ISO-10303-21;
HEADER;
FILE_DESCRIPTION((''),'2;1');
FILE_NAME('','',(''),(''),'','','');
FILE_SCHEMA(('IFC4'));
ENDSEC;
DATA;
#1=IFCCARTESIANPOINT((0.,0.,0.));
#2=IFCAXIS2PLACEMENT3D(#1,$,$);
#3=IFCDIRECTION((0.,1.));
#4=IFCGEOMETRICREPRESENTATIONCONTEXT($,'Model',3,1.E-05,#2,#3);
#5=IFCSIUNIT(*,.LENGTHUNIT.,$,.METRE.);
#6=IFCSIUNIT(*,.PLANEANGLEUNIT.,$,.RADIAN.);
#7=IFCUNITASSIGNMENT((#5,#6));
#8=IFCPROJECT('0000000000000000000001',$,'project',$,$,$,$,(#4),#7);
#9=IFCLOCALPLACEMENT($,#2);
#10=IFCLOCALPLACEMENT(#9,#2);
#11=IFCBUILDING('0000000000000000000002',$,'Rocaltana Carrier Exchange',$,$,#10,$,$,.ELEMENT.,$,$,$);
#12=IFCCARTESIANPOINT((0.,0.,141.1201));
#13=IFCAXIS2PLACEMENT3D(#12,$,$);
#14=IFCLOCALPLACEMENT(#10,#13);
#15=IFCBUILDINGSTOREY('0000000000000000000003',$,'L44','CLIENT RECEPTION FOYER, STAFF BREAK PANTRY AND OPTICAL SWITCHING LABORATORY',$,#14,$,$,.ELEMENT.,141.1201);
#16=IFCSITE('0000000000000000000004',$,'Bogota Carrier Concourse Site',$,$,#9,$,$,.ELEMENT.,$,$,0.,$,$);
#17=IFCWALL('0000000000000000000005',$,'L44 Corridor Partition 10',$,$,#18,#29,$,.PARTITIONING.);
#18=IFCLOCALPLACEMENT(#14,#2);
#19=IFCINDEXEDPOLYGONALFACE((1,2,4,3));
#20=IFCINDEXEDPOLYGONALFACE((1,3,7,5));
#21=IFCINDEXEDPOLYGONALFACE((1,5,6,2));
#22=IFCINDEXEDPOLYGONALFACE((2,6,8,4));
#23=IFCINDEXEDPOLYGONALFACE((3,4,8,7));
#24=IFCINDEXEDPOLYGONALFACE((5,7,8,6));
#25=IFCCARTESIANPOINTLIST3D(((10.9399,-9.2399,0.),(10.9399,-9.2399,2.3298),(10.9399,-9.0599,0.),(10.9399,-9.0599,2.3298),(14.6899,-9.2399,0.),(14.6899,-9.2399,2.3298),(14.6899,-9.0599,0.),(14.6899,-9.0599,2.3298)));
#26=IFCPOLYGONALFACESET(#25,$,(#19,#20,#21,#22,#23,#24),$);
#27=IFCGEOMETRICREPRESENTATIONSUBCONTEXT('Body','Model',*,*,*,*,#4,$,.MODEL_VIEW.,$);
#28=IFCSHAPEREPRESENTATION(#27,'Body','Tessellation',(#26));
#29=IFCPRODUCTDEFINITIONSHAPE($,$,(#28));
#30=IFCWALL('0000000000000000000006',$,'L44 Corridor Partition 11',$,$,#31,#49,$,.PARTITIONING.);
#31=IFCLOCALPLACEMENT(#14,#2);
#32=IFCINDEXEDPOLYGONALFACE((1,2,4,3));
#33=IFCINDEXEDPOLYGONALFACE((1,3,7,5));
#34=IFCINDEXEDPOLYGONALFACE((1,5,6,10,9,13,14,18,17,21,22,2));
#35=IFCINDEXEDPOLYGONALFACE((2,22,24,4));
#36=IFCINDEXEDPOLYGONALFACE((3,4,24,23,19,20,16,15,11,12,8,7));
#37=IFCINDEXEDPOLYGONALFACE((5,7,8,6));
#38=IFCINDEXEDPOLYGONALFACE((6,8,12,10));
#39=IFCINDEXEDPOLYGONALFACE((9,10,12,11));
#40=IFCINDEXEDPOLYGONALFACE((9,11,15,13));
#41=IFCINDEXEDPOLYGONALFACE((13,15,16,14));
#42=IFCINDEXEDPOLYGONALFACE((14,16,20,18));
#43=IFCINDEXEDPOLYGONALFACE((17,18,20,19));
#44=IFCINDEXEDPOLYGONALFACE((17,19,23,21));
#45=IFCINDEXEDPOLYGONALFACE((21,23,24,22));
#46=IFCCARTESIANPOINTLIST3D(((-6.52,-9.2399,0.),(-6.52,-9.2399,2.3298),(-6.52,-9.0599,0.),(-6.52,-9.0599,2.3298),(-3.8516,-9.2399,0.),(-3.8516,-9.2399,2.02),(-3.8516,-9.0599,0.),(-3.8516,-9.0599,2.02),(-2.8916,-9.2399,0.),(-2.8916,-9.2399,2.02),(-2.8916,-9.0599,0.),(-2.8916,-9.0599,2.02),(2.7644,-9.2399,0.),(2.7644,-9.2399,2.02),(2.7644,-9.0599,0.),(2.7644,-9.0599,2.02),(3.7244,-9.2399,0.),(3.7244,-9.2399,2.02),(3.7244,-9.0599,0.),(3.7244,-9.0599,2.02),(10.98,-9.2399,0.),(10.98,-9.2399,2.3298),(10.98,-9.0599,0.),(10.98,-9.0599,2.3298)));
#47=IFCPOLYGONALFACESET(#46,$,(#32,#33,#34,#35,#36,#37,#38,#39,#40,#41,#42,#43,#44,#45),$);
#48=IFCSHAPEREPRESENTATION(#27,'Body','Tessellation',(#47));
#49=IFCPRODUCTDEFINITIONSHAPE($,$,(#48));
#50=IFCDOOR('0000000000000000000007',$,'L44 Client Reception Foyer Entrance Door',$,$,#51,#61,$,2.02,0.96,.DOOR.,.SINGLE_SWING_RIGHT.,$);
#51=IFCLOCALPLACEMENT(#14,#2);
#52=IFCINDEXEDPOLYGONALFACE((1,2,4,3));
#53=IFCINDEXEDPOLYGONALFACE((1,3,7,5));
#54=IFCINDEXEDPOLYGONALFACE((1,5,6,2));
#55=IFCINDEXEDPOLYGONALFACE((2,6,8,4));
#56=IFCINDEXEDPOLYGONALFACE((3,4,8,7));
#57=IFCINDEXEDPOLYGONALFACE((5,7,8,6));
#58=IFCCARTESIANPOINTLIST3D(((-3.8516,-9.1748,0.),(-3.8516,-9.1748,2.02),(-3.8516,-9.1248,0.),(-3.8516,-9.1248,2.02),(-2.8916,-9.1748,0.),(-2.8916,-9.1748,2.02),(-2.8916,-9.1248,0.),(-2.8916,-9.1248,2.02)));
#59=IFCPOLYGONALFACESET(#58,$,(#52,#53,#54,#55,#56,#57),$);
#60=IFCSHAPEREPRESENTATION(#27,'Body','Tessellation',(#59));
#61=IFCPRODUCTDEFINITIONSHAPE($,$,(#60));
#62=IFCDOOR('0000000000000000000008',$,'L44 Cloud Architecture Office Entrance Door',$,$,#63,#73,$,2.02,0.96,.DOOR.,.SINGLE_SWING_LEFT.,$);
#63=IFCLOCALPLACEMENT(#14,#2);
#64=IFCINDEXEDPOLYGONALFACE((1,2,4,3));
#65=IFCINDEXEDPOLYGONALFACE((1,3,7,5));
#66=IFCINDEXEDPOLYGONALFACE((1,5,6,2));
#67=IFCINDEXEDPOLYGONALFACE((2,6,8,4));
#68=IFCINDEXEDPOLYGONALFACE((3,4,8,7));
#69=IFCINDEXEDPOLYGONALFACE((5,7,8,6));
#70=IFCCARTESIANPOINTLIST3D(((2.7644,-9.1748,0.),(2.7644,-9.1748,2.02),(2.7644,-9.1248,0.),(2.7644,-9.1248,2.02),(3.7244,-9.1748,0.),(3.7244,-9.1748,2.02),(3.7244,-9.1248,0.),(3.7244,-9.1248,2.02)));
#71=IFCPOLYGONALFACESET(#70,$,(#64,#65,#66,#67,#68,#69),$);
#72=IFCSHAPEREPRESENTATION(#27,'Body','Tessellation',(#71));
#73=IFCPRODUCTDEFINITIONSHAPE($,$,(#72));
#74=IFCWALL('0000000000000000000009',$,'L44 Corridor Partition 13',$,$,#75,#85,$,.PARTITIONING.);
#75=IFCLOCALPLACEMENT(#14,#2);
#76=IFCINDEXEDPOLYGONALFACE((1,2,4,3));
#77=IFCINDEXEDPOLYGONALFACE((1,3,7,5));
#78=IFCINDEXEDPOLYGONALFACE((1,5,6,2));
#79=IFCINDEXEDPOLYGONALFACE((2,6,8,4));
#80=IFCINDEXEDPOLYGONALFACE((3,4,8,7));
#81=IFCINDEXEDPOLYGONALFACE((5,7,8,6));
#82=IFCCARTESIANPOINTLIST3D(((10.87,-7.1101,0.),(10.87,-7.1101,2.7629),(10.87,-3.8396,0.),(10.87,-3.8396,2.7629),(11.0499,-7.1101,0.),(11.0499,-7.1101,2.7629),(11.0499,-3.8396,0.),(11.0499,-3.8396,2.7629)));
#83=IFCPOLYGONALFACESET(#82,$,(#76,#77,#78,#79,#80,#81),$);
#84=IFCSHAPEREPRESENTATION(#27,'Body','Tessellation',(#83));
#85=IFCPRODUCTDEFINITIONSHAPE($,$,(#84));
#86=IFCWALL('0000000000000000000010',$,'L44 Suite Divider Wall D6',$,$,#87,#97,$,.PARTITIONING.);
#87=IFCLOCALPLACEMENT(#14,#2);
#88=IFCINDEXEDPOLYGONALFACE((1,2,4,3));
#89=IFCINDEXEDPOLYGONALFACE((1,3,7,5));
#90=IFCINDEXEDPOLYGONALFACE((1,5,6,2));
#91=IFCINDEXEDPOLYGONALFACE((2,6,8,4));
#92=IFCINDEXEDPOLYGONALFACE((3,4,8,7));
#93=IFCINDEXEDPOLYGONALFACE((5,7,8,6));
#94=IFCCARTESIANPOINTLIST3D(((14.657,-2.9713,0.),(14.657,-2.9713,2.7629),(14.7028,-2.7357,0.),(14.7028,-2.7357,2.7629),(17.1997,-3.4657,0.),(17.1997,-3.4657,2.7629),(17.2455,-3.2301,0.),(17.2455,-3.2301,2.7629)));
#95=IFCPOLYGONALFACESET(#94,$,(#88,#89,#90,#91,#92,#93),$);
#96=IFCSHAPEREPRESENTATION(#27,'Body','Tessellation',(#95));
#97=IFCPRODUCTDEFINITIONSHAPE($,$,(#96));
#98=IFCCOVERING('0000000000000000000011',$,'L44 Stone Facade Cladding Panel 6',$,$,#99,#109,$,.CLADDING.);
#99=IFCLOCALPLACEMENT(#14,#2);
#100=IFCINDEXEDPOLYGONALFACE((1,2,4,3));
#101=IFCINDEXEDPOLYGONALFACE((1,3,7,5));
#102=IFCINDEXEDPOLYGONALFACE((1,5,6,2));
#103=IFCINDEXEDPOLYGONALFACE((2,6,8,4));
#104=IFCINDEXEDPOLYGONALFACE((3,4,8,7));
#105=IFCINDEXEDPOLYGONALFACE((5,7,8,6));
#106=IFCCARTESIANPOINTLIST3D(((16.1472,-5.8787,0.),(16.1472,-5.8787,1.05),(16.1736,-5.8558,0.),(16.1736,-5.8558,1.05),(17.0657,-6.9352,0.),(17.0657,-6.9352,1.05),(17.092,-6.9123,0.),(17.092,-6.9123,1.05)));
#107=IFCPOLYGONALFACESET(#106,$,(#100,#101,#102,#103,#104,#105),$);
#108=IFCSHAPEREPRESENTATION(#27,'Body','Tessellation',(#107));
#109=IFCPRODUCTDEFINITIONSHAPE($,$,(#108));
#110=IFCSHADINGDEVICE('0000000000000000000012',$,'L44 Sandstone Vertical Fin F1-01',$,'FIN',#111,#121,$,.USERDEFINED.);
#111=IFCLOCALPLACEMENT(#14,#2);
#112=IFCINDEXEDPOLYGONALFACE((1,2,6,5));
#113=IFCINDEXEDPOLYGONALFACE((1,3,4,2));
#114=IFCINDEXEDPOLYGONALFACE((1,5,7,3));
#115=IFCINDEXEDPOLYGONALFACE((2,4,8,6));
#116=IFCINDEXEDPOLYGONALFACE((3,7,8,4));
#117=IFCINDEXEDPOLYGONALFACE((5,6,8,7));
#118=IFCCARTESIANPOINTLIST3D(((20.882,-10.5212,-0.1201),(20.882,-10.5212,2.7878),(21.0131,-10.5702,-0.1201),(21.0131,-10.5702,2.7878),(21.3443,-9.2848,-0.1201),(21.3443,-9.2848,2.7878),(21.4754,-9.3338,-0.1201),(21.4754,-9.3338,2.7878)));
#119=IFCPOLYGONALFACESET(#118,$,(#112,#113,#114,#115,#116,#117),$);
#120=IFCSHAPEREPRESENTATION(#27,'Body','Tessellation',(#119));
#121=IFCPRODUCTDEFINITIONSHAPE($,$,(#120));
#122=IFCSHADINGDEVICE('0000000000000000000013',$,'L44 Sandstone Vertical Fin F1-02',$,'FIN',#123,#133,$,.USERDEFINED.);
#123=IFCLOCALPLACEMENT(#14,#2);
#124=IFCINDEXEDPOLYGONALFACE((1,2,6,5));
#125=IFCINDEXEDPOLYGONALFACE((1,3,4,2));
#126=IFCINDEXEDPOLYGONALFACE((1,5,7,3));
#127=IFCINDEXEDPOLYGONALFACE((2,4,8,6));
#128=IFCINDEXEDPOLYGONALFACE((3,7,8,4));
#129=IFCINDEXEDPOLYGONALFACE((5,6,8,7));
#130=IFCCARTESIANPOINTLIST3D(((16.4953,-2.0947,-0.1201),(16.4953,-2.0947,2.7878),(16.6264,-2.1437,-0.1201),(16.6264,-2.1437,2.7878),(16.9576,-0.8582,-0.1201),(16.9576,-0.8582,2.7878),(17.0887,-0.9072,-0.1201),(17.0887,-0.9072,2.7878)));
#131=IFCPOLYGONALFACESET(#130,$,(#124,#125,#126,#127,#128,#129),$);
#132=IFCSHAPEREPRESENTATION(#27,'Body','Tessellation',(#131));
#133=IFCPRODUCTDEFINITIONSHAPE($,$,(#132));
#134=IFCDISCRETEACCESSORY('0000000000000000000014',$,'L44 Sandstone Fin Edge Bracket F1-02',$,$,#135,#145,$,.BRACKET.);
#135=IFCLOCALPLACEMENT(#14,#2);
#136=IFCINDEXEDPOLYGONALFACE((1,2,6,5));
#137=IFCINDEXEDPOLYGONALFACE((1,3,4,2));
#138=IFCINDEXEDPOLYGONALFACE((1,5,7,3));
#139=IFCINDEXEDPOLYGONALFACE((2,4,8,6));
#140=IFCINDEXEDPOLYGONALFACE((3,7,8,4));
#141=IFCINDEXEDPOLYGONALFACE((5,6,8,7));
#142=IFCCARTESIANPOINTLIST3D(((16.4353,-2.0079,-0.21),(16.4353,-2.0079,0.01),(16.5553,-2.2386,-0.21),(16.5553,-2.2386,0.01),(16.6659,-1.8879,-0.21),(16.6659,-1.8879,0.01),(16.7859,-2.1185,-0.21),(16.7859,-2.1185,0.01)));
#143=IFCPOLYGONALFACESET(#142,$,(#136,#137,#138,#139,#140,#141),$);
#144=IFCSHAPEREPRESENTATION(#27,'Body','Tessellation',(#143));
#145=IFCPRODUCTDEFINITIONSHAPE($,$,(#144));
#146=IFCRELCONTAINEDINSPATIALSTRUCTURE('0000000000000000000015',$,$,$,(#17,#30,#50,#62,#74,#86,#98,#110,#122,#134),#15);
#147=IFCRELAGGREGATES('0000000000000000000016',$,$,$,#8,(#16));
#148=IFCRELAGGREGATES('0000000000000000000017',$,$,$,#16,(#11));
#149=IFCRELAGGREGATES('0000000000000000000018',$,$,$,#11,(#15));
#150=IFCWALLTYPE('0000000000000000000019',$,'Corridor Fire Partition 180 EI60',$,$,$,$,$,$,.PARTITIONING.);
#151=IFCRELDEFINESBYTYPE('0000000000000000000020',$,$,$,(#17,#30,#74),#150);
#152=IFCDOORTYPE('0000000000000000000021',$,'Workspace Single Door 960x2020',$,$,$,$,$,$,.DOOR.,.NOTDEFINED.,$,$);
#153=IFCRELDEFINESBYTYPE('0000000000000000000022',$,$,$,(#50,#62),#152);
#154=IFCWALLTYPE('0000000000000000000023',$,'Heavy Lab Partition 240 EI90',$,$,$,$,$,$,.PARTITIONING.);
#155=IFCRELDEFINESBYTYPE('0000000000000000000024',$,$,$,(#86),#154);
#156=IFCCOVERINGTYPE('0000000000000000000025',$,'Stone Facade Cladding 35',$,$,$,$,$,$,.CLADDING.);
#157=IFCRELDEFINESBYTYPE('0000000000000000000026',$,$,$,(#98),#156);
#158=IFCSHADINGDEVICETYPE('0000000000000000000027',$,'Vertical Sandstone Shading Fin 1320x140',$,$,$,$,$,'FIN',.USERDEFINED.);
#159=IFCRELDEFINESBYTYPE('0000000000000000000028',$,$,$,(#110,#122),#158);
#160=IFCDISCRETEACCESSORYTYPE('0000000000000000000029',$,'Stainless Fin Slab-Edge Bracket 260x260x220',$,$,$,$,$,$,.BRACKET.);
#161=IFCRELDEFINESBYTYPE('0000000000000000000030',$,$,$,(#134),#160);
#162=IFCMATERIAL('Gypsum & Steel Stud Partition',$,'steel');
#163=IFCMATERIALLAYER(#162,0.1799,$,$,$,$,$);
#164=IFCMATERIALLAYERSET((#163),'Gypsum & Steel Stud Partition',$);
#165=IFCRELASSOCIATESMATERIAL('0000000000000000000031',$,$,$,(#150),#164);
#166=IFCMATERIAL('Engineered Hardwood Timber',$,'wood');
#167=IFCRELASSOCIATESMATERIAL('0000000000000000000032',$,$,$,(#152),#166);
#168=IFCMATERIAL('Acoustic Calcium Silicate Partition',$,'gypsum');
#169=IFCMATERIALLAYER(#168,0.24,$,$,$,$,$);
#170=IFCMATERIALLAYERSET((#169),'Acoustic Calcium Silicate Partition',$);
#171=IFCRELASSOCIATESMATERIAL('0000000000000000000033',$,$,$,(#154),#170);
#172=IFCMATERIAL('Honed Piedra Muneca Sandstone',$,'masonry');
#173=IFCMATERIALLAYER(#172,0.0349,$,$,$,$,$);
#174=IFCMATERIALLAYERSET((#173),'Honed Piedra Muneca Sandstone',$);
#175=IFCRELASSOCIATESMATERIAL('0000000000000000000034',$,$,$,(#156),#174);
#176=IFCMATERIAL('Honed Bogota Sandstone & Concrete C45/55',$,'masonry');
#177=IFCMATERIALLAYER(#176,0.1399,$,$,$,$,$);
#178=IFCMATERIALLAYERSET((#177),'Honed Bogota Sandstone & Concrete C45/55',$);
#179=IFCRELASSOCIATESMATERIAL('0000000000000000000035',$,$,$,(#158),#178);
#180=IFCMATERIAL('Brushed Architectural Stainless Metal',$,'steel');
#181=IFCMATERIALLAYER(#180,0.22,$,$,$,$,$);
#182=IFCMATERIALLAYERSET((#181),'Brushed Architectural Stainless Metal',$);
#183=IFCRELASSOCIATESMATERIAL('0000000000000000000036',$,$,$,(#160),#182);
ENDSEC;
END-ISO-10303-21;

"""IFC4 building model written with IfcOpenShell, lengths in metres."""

from ifc_helpers import new_model, si_unit, direction, frame, frame_2d, origin, origin_2d, place, context, subcontext, project, spatial, rectangle, extrude, material, layer, layer_set, type_object, element, fill, save


model = new_model("IFC4")

# Units and contexts
model_context = context("Model", 3, precision=1e-05, world=origin(), true_north=direction((0.0, 1.0)))
body_context = subcontext(model_context, "Body", "Model", "MODEL_VIEW")
ifc_project = project(units=[si_unit("LENGTHUNIT", "METRE"), si_unit("PLANEANGLEUNIT", "RADIAN")], contexts=[model_context])

# Site, building, storey
site_placement = place(None, origin())
site = spatial("IfcSite", under=ifc_project, at=site_placement, Name="Bogota Carrier Concourse Site", CompositionType="ELEMENT", RefElevation=0.0)
building_placement = place(site_placement, origin())
building = spatial("IfcBuilding", under=site, at=building_placement, Name="Rocaltana Carrier Exchange", CompositionType="ELEMENT")
storey_placement = place(building_placement, frame((0.0, 0.0, 141.1201)))
storey = spatial("IfcBuildingStorey", under=building, at=storey_placement, Name="L44", Description="CLIENT RECEPTION FOYER, STAFF BREAK PANTRY AND OPTICAL SWITCHING LABORATORY", CompositionType="ELEMENT", Elevation=141.1201)

# Wall
ifc_material_1 = material(Name="Gypsum & Steel Stud Partition", Category="steel")
ifc_layer_1 = layer(ifc_material_1, 0.1799)
ifc_layer_set_1 = layer_set([ifc_layer_1], Name="Gypsum & Steel Stud Partition")
wall_type_1 = type_object("IfcWallType", Name="Corridor Fire Partition 180 EI60", PredefinedType="PARTITIONING", material=ifc_layer_set_1)
wall_1_placement = place(storey_placement, frame((14.6899, -9.1499, 0.0), z_axis=(0.0, 0.0, 1.0), x_axis=(-1.0, 0.0, 0.0)))
element("IfcWall", 1, at=wall_1_placement, inside=storey, type_object=wall_type_1, Name="L44 Corridor Partition 10", PredefinedType="PARTITIONING", context=body_context, shape_type="SweptSolid", body=[
    extrude(rectangle(XDim=3.75, YDim=0.1799, at=frame_2d((1.875, 0.0))), origin(), (0.0, 0.0, 1.0), 2.3298),
])

# Wall, openings, doors
wall_2_placement = place(storey_placement, frame((10.98, -9.1499, 0.0), z_axis=(0.0, 0.0, 1.0), x_axis=(-1.0, 0.0, 0.0)))
wall_2 = element("IfcWall", 2, at=wall_2_placement, inside=storey, type_object=wall_type_1, Name="L44 Corridor Partition 11", PredefinedType="PARTITIONING", context=body_context, shape_type="SweptSolid", body=[
    extrude(rectangle(XDim=17.5, YDim=0.1799, at=frame_2d((8.75, 0.0))), origin(), (0.0, 0.0, 1.0), 2.3298),
])
opening_1_placement = place(wall_2_placement, frame((13.8716, 0.0, 0.0)))
opening_1 = element("IfcOpeningElement", 3, at=opening_1_placement, cuts=wall_2, PredefinedType="OPENING", context=body_context, shape_type="SweptSolid", body=[
    extrude(rectangle(XDim=0.96, YDim=2.02, at=frame_2d((0.48, 1.01))), frame((0.0, 0.0999, 0.0), z_axis=(0.0, -1.0, 0.0), x_axis=(1.0, 0.0, 0.0)), (0.0, 0.0, 1.0), 0.2),
])
opening_2_placement = place(wall_2_placement, frame((7.2556, 0.0, 0.0)))
opening_2 = element("IfcOpeningElement", 4, at=opening_2_placement, cuts=wall_2, PredefinedType="OPENING", context=body_context, shape_type="SweptSolid", body=[
    extrude(rectangle(XDim=0.96, YDim=2.02, at=frame_2d((0.48, 1.01))), frame((0.0, 0.0999, 0.0), z_axis=(0.0, -1.0, 0.0), x_axis=(1.0, 0.0, 0.0)), (0.0, 0.0, 1.0), 0.2),
])
ifc_material_2 = material(Name="Engineered Hardwood Timber", Category="wood")
door_type = type_object("IfcDoorType", Name="Workspace Single Door 960x2020", OperationType="NOTDEFINED", PredefinedType="DOOR", material=ifc_material_2)
door_1_placement = place(opening_1_placement, origin())
door_1 = element("IfcDoor", 5, at=door_1_placement, inside=storey, type_object=door_type, Name="L44 Client Reception Foyer Entrance Door", OperationType="SINGLE_SWING_RIGHT", OverallHeight=2.02, OverallWidth=0.96, PredefinedType="DOOR", context=body_context, shape_type="SweptSolid", body=[
    extrude(rectangle(XDim=0.96, YDim=2.02, at=frame_2d((0.48, 1.01))), frame((0.0, 0.0249, 0.0), z_axis=(0.0, -1.0, 0.0), x_axis=(1.0, 0.0, 0.0)), (0.0, 0.0, 1.0), 0.05),
])
fill(opening_1, door_1)
door_2_placement = place(opening_2_placement, origin())
door_2 = element("IfcDoor", 6, at=door_2_placement, inside=storey, type_object=door_type, Name="L44 Cloud Architecture Office Entrance Door", OperationType="SINGLE_SWING_LEFT", OverallHeight=2.02, OverallWidth=0.96, PredefinedType="DOOR", context=body_context, shape_type="SweptSolid", body=[
    extrude(rectangle(XDim=0.96, YDim=2.02, at=frame_2d((0.48, 1.01))), frame((0.0, 0.0249, 0.0), z_axis=(0.0, -1.0, 0.0), x_axis=(1.0, 0.0, 0.0)), (0.0, 0.0, 1.0), 0.05),
])
fill(opening_2, door_2)

# Walls
wall_3_placement = place(storey_placement, frame((10.96, -7.1101, 0.0), z_axis=(0.0, 0.0, 1.0), x_axis=(0.0, 1.0, 0.0)))
element("IfcWall", 7, at=wall_3_placement, inside=storey, type_object=wall_type_1, Name="L44 Corridor Partition 13", PredefinedType="PARTITIONING", context=body_context, shape_type="SweptSolid", body=[
    extrude(rectangle(XDim=3.2705, YDim=0.1799, at=frame_2d((1.6353, 0.0))), origin(), (0.0, 0.0, 1.0), 2.7629),
])
ifc_material_3 = material(Name="Acoustic Calcium Silicate Partition", Category="gypsum")
ifc_layer_2 = layer(ifc_material_3, 0.24)
ifc_layer_set_2 = layer_set([ifc_layer_2], Name="Acoustic Calcium Silicate Partition")
wall_type_2 = type_object("IfcWallType", Name="Heavy Lab Partition 240 EI90", PredefinedType="PARTITIONING", material=ifc_layer_set_2)
wall_4_placement = place(storey_placement, frame((14.6799, -2.8535, 0.0), z_axis=(0.0, 0.0, 1.0), x_axis=(0.981618, -0.190857, 0.0)))
element("IfcWall", 8, at=wall_4_placement, inside=storey, type_object=wall_type_2, Name="L44 Suite Divider Wall D6", PredefinedType="PARTITIONING", context=body_context, shape_type="SweptSolid", body=[
    extrude(rectangle(XDim=2.5903, YDim=0.24, at=frame_2d((1.2952, 0.0))), origin(), (0.0, 0.0, 1.0), 2.7629),
])

# Covering
ifc_material_4 = material(Name="Honed Piedra Muneca Sandstone", Category="masonry")
ifc_layer_3 = layer(ifc_material_4, 0.0349)
ifc_layer_set_3 = layer_set([ifc_layer_3], Name="Honed Piedra Muneca Sandstone")
covering_type = type_object("IfcCoveringType", Name="Stone Facade Cladding 35", PredefinedType="CLADDING", material=ifc_layer_set_3)
covering_placement = place(storey_placement, frame((16.6196, -6.3955, 0.0), z_axis=(0.0, 0.0, 1.0), x_axis=(-0.656059, 0.75471, 0.0)))
element("IfcCovering", 9, at=covering_placement, inside=storey, type_object=covering_type, Name="L44 Stone Facade Cladding Panel 6", PredefinedType="CLADDING", context=body_context, shape_type="SweptSolid", body=[
    extrude(rectangle(XDim=1.3999, YDim=0.0349, at=origin_2d()), origin(), (0.0, 0.0, 1.0), 1.05),
])

# Shading devices
ifc_material_5 = material(Name="Honed Bogota Sandstone & Concrete C45/55", Category="masonry")
ifc_layer_4 = layer(ifc_material_5, 0.1399)
ifc_layer_set_4 = layer_set([ifc_layer_4], Name="Honed Bogota Sandstone & Concrete C45/55")
shading_device_type = type_object("IfcShadingDeviceType", Name="Vertical Sandstone Shading Fin 1320x140", ElementType="FIN", PredefinedType="USERDEFINED", material=ifc_layer_set_4)
for number, where, z_axis, x_axis, name in (
    (10, (21.1787, -9.9275, -0.1201), (0.0, 0.0, 1.0), (0.350207, 0.936672, 0.0), "L44 Sandstone Vertical Fin F1-01"),
    (11, (16.792, -1.501, -0.1201), (0.0, 0.0, 1.0), (0.350207, 0.936672, 0.0), "L44 Sandstone Vertical Fin F1-02"),
):
    element("IfcShadingDevice", number, at=place(storey_placement, frame(where, z_axis=z_axis, x_axis=x_axis)), inside=storey, type_object=shading_device_type, Name=name, ObjectType="FIN", PredefinedType="USERDEFINED", context=body_context, shape_type="SweptSolid", body=[
        extrude(rectangle(XDim=1.3201, YDim=0.1399, at=origin_2d()), origin(), (0.0, 0.0, 1.0), 2.908),
    ])

# Discrete accessory
ifc_material_6 = material(Name="Brushed Architectural Stainless Metal", Category="steel")
ifc_layer_5 = layer(ifc_material_6, 0.22)
ifc_layer_set_5 = layer_set([ifc_layer_5], Name="Brushed Architectural Stainless Metal")
discrete_accessory_type = type_object("IfcDiscreteAccessoryType", Name="Stainless Fin Slab-Edge Bracket 260x260x220", PredefinedType="BRACKET", material=ifc_layer_set_5)
discrete_accessory_placement = place(storey_placement, frame((16.6106, -2.0632, -0.21), z_axis=(0.0, 0.0, 1.0), x_axis=(-0.461749, 0.887011, 0.0)))
element("IfcDiscreteAccessory", 12, at=discrete_accessory_placement, inside=storey, type_object=discrete_accessory_type, Name="L44 Sandstone Fin Edge Bracket F1-02", PredefinedType="BRACKET", context=body_context, shape_type="SweptSolid", body=[
    extrude(rectangle(XDim=0.26, YDim=0.26, at=origin_2d()), origin(), (0.0, 0.0, 1.0), 0.22),
])

save(model, "model.ifc")
